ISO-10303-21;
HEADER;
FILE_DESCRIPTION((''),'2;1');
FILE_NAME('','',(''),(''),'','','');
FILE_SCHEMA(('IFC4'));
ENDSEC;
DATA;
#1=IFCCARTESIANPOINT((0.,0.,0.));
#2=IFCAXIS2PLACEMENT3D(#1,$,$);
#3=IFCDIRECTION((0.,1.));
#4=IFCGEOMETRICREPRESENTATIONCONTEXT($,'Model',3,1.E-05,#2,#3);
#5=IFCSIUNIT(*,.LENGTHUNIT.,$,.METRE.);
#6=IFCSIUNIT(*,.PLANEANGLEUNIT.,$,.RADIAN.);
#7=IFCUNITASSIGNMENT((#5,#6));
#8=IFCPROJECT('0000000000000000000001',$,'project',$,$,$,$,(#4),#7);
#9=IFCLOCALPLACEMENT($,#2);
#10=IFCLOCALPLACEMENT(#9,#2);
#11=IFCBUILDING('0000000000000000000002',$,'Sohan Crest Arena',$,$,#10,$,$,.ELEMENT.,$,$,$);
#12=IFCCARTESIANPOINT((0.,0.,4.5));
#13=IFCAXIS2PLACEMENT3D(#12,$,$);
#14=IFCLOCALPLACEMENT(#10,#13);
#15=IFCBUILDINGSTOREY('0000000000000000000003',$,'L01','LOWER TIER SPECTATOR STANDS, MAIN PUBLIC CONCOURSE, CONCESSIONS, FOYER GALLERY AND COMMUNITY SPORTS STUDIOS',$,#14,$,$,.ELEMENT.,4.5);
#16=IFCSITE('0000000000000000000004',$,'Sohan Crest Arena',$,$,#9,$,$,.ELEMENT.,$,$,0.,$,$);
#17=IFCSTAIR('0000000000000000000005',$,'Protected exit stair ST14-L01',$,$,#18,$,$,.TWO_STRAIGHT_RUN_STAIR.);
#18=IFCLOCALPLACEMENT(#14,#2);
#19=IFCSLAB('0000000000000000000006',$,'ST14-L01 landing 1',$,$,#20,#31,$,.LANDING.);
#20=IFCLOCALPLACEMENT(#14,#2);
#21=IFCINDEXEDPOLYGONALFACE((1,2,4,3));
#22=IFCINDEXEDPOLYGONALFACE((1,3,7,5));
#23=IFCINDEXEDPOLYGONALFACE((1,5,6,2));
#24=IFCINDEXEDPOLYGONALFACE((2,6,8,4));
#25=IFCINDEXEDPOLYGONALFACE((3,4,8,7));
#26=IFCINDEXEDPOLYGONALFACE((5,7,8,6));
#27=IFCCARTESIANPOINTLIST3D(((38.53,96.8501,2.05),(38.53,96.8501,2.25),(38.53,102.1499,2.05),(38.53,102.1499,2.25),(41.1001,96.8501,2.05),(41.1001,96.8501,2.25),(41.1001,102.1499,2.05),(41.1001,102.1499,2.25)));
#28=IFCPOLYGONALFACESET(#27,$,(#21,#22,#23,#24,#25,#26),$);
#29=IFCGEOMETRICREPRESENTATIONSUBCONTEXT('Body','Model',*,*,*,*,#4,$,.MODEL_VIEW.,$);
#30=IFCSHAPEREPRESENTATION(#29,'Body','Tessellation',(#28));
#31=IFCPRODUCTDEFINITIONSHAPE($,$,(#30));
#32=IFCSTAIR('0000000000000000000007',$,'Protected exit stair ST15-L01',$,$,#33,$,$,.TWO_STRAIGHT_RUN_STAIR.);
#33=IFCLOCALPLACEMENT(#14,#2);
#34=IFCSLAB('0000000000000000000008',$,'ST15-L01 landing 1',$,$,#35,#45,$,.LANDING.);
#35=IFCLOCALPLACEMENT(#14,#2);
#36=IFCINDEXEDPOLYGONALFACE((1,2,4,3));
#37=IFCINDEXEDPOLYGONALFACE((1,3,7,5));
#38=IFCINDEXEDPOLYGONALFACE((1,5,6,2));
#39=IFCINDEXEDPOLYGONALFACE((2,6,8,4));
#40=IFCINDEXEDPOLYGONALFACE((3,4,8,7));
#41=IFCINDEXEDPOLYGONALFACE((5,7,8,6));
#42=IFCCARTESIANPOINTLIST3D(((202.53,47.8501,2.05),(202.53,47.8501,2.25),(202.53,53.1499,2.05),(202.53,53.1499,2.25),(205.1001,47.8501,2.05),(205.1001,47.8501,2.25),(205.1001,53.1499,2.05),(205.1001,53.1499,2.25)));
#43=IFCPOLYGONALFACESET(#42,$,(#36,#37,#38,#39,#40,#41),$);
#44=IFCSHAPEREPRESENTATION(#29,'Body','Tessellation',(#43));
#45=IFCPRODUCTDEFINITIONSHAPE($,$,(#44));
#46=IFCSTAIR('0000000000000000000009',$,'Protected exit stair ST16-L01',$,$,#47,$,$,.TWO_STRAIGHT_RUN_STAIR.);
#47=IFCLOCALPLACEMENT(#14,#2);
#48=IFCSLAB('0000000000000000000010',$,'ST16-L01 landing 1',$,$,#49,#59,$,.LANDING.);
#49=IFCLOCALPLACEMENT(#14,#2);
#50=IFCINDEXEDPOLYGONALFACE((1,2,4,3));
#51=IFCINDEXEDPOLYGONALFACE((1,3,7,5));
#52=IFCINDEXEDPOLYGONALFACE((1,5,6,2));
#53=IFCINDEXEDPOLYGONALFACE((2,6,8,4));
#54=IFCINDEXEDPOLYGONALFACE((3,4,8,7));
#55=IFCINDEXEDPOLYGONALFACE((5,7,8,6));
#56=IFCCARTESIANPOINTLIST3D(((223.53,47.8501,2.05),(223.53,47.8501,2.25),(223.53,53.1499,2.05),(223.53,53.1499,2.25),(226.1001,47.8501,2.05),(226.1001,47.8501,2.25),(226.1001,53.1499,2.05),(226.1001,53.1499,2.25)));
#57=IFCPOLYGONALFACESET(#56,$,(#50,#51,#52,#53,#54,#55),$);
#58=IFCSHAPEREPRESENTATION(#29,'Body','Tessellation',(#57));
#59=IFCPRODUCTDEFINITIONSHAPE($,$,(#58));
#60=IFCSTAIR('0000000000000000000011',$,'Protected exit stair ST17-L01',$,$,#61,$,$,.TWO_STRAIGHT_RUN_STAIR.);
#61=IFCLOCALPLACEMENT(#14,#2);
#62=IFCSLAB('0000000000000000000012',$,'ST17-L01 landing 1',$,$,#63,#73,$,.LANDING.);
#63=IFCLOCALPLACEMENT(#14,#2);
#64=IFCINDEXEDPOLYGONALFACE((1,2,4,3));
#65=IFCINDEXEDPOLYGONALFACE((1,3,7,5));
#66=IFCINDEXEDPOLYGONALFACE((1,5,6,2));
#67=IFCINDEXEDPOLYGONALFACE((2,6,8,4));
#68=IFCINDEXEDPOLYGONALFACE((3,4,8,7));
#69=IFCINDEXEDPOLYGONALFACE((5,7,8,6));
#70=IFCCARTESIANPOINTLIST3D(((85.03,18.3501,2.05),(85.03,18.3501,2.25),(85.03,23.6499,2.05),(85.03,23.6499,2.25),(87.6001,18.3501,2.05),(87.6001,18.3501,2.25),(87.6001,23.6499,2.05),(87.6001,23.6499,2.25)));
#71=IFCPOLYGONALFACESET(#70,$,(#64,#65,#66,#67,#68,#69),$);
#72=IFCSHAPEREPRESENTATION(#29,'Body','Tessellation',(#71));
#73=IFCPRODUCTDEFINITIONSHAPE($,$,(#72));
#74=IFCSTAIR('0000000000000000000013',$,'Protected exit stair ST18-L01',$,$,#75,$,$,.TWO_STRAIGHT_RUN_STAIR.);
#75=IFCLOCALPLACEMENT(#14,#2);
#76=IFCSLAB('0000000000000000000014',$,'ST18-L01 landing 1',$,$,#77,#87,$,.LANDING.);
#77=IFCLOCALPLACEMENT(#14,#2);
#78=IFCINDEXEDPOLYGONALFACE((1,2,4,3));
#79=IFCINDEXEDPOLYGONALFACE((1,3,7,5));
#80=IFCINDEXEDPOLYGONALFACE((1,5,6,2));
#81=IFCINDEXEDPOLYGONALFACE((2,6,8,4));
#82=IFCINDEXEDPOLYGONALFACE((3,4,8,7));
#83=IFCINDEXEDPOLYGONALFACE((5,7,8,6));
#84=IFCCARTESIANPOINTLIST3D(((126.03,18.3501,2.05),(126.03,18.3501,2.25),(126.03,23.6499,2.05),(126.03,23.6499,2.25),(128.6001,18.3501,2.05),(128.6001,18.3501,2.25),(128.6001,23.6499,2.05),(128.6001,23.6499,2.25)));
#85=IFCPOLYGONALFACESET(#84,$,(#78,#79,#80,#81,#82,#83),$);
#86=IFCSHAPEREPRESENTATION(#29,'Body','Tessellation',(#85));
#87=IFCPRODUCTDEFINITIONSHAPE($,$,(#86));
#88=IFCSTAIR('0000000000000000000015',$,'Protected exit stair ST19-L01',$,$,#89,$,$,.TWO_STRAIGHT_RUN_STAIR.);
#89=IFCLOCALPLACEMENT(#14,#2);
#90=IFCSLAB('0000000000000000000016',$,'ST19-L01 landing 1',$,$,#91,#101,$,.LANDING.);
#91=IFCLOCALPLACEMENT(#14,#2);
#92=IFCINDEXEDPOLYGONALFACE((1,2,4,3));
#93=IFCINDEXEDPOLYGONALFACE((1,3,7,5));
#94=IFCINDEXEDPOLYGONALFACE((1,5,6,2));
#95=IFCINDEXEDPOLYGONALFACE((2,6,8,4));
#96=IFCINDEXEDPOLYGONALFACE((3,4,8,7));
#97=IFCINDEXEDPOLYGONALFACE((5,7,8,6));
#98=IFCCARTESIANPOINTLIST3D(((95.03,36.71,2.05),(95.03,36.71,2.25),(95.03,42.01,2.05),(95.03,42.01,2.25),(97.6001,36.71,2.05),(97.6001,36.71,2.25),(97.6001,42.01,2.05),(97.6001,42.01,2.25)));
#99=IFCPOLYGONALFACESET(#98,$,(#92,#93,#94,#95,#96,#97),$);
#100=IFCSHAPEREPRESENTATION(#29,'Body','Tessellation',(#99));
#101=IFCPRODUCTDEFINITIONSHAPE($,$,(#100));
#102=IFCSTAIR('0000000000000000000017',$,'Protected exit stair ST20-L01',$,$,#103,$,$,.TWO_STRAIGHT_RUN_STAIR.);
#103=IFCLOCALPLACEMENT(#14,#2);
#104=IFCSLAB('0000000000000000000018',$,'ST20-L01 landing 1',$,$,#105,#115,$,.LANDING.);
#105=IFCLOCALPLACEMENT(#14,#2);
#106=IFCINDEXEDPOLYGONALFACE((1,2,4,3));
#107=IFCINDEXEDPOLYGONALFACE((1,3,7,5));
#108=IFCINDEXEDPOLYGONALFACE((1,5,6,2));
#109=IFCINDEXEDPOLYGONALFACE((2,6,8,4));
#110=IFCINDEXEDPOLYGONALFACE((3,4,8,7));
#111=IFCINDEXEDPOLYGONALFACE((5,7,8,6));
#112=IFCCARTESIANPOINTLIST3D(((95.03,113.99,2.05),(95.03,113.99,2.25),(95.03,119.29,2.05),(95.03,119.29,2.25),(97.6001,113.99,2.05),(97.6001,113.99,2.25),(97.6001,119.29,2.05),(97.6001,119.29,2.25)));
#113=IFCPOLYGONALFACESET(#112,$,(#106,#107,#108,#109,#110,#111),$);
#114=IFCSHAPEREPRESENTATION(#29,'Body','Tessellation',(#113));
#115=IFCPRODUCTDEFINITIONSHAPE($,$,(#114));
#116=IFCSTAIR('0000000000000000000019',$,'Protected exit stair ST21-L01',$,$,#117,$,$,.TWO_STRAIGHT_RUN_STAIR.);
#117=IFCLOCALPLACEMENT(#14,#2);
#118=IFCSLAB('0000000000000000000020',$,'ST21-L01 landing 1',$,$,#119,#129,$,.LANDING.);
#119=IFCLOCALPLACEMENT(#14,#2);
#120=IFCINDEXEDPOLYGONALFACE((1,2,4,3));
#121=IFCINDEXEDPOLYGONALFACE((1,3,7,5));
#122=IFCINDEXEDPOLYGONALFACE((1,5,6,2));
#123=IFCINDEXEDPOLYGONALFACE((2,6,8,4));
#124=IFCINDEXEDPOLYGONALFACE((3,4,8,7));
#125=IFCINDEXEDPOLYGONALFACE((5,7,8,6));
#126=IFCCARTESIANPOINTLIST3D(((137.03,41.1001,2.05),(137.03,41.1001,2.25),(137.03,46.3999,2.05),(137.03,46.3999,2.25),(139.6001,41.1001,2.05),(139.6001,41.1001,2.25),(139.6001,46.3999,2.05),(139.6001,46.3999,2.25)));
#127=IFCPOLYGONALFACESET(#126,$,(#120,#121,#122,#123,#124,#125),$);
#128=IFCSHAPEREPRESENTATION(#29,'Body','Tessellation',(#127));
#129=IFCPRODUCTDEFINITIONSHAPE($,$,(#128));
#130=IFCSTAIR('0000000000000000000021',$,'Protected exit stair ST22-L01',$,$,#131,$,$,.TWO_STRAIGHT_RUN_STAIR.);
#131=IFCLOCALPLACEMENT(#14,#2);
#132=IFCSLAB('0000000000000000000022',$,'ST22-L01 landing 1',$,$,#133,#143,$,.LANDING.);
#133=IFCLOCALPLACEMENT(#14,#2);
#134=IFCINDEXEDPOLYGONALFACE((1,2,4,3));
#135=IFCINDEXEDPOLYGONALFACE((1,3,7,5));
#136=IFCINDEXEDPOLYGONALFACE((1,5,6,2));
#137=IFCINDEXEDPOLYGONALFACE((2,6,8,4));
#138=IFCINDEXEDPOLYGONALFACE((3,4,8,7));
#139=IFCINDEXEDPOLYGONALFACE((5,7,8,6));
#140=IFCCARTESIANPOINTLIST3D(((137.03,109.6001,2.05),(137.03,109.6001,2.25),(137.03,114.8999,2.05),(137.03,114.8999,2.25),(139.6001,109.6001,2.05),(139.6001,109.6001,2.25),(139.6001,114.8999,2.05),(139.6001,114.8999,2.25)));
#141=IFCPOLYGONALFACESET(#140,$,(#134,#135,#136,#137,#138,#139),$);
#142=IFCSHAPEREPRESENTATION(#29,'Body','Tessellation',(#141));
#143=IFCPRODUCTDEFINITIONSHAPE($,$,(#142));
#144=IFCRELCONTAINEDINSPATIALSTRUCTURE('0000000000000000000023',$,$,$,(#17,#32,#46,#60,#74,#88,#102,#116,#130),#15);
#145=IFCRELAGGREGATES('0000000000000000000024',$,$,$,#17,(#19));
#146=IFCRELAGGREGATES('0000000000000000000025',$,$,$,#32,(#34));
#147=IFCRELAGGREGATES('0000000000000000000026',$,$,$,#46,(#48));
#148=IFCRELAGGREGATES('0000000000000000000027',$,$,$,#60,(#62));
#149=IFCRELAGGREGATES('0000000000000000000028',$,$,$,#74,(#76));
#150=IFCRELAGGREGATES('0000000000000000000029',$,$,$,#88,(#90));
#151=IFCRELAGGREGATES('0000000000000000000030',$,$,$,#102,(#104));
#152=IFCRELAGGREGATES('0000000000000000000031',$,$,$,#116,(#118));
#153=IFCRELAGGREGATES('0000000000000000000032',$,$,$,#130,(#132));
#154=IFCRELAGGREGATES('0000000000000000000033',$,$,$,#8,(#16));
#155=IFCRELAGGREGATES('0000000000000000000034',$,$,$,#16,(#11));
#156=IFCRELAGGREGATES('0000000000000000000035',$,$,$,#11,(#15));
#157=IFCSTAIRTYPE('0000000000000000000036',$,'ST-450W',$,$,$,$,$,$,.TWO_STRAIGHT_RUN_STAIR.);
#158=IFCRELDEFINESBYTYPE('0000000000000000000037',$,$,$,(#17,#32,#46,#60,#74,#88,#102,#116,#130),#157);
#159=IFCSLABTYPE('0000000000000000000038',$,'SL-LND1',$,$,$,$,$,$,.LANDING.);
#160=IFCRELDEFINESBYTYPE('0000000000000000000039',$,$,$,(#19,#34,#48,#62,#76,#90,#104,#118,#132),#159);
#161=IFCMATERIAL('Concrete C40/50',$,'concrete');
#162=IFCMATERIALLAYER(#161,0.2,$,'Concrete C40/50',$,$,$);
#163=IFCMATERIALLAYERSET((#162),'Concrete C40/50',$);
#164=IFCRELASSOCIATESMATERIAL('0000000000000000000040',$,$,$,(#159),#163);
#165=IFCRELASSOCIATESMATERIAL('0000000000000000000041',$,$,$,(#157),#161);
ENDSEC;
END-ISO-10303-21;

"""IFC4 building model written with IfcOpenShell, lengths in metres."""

from ifc_helpers import new_model, si_unit, direction, frame, origin, place, context, subcontext, project, spatial, polyline, outline, extrude, material, layer, layer_set, type_object, element, aggregate, save


model = new_model("IFC4")

# Units and contexts
model_context = context("Model", 3, precision=1e-05, world=origin(), true_north=direction((0.0, 1.0)))
body_context = subcontext(model_context, "Body", "Model", "MODEL_VIEW")
ifc_project = project(units=[si_unit("LENGTHUNIT", "METRE"), si_unit("PLANEANGLEUNIT", "RADIAN")], contexts=[model_context])

# Site, building, storey
site_placement = place(None, origin())
site = spatial("IfcSite", under=ifc_project, at=site_placement, Name="Sohan Crest Arena", CompositionType="ELEMENT", RefElevation=0.0)
building_placement = place(site_placement, origin())
building = spatial("IfcBuilding", under=site, at=building_placement, Name="Sohan Crest Arena", CompositionType="ELEMENT")
storey_placement = place(building_placement, frame((0.0, 0.0, 4.5)))
storey = spatial("IfcBuildingStorey", under=building, at=storey_placement, Name="L01", Description="LOWER TIER SPECTATOR STANDS, MAIN PUBLIC CONCOURSE, CONCESSIONS, FOYER GALLERY AND COMMUNITY SPORTS STUDIOS", CompositionType="ELEMENT", Elevation=4.5)

# Stairs, slabs
ifc_material_1 = material(Name="Concrete C40/50", Category="concrete")
ifc_layer_1 = layer(ifc_material_1, 0.2, Name="Concrete C40/50")
ifc_layer_set_1 = layer_set([ifc_layer_1], Name="Concrete C40/50")
slab_type = type_object("IfcSlabType", Name="SL-LND1", PredefinedType="LANDING", material=ifc_layer_set_1)
stair_type_1 = type_object("IfcStairType", Name="ST-450W", PredefinedType="TWO_STRAIGHT_RUN_STAIR", material=ifc_material_1)
stair_1_placement = place(storey_placement, origin())
stair_1 = element("IfcStair", 1, at=stair_1_placement, inside=storey, type_object=stair_type_1, Name="Protected exit stair ST14-L01", PredefinedType="TWO_STRAIGHT_RUN_STAIR")
slab_1_placement = place(storey_placement, frame((0.0, 0.0, 2.05)))
slab_1 = element("IfcSlab", 2, at=slab_1_placement, type_object=slab_type, Name="ST14-L01 landing 1", PredefinedType="LANDING", context=body_context, shape_type="SweptSolid", body=[
    extrude(outline(polyline([(38.53, 96.8501), (41.1001, 96.8501), (41.1001, 102.1499), (38.53, 102.1499), (38.53, 96.8501)])), origin(), (0.0, 0.0, 1.0), 0.2),
])
aggregate(stair_1, [slab_1])
stair_2_placement = place(storey_placement, origin())
stair_2 = element("IfcStair", 3, at=stair_2_placement, inside=storey, type_object=stair_type_1, Name="Protected exit stair ST15-L01", PredefinedType="TWO_STRAIGHT_RUN_STAIR")
slab_2_placement = place(storey_placement, frame((0.0, 0.0, 2.05)))
slab_2 = element("IfcSlab", 4, at=slab_2_placement, type_object=slab_type, Name="ST15-L01 landing 1", PredefinedType="LANDING", context=body_context, shape_type="SweptSolid", body=[
    extrude(outline(polyline([(202.53, 47.8501), (205.1001, 47.8501), (205.1001, 53.1499), (202.53, 53.1499), (202.53, 47.8501)])), origin(), (0.0, 0.0, 1.0), 0.2),
])
aggregate(stair_2, [slab_2])
stair_3_placement = place(storey_placement, origin())
stair_3 = element("IfcStair", 5, at=stair_3_placement, inside=storey, type_object=stair_type_1, Name="Protected exit stair ST16-L01", PredefinedType="TWO_STRAIGHT_RUN_STAIR")
slab_3_placement = place(storey_placement, frame((0.0, 0.0, 2.05)))
slab_3 = element("IfcSlab", 6, at=slab_3_placement, type_object=slab_type, Name="ST16-L01 landing 1", PredefinedType="LANDING", context=body_context, shape_type="SweptSolid", body=[
    extrude(outline(polyline([(223.53, 47.8501), (226.1001, 47.8501), (226.1001, 53.1499), (223.53, 53.1499), (223.53, 47.8501)])), origin(), (0.0, 0.0, 1.0), 0.2),
])
aggregate(stair_3, [slab_3])
stair_4_placement = place(storey_placement, origin())
stair_4 = element("IfcStair", 7, at=stair_4_placement, inside=storey, type_object=stair_type_1, Name="Protected exit stair ST17-L01", PredefinedType="TWO_STRAIGHT_RUN_STAIR")
slab_4_placement = place(storey_placement, frame((0.0, 0.0, 2.05)))
slab_4 = element("IfcSlab", 8, at=slab_4_placement, type_object=slab_type, Name="ST17-L01 landing 1", PredefinedType="LANDING", context=body_context, shape_type="SweptSolid", body=[
    extrude(outline(polyline([(85.03, 18.3501), (87.6001, 18.3501), (87.6001, 23.6499), (85.03, 23.6499), (85.03, 18.3501)])), origin(), (0.0, 0.0, 1.0), 0.2),
])
aggregate(stair_4, [slab_4])
stair_5_placement = place(storey_placement, origin())
stair_5 = element("IfcStair", 9, at=stair_5_placement, inside=storey, type_object=stair_type_1, Name="Protected exit stair ST18-L01", PredefinedType="TWO_STRAIGHT_RUN_STAIR")
slab_5_placement = place(storey_placement, frame((0.0, 0.0, 2.05)))
slab_5 = element("IfcSlab", 10, at=slab_5_placement, type_object=slab_type, Name="ST18-L01 landing 1", PredefinedType="LANDING", context=body_context, shape_type="SweptSolid", body=[
    extrude(outline(polyline([(126.03, 18.3501), (128.6001, 18.3501), (128.6001, 23.6499), (126.03, 23.6499), (126.03, 18.3501)])), origin(), (0.0, 0.0, 1.0), 0.2),
])
aggregate(stair_5, [slab_5])
stair_6_placement = place(storey_placement, origin())
stair_6 = element("IfcStair", 11, at=stair_6_placement, inside=storey, type_object=stair_type_1, Name="Protected exit stair ST19-L01", PredefinedType="TWO_STRAIGHT_RUN_STAIR")
slab_6_placement = place(storey_placement, frame((0.0, 0.0, 2.05)))
slab_6 = element("IfcSlab", 12, at=slab_6_placement, type_object=slab_type, Name="ST19-L01 landing 1", PredefinedType="LANDING", context=body_context, shape_type="SweptSolid", body=[
    extrude(outline(polyline([(95.03, 36.71), (97.6001, 36.71), (97.6001, 42.01), (95.03, 42.01), (95.03, 36.71)])), origin(), (0.0, 0.0, 1.0), 0.2),
])
aggregate(stair_6, [slab_6])
stair_7_placement = place(storey_placement, origin())
stair_7 = element("IfcStair", 13, at=stair_7_placement, inside=storey, type_object=stair_type_1, Name="Protected exit stair ST20-L01", PredefinedType="TWO_STRAIGHT_RUN_STAIR")
slab_7_placement = place(storey_placement, frame((0.0, 0.0, 2.05)))
slab_7 = element("IfcSlab", 14, at=slab_7_placement, type_object=slab_type, Name="ST20-L01 landing 1", PredefinedType="LANDING", context=body_context, shape_type="SweptSolid", body=[
    extrude(outline(polyline([(95.03, 113.99), (97.6001, 113.99), (97.6001, 119.29), (95.03, 119.29), (95.03, 113.99)])), origin(), (0.0, 0.0, 1.0), 0.2),
])
aggregate(stair_7, [slab_7])
stair_8_placement = place(storey_placement, origin())
stair_8 = element("IfcStair", 15, at=stair_8_placement, inside=storey, type_object=stair_type_1, Name="Protected exit stair ST21-L01", PredefinedType="TWO_STRAIGHT_RUN_STAIR")
slab_8_placement = place(storey_placement, frame((0.0, 0.0, 2.05)))
slab_8 = element("IfcSlab", 16, at=slab_8_placement, type_object=slab_type, Name="ST21-L01 landing 1", PredefinedType="LANDING", context=body_context, shape_type="SweptSolid", body=[
    extrude(outline(polyline([(137.03, 41.1001), (139.6001, 41.1001), (139.6001, 46.3999), (137.03, 46.3999), (137.03, 41.1001)])), origin(), (0.0, 0.0, 1.0), 0.2),
])
aggregate(stair_8, [slab_8])
stair_9_placement = place(storey_placement, origin())
stair_9 = element("IfcStair", 17, at=stair_9_placement, inside=storey, type_object=stair_type_1, Name="Protected exit stair ST22-L01", PredefinedType="TWO_STRAIGHT_RUN_STAIR")
slab_9_placement = place(storey_placement, frame((0.0, 0.0, 2.05)))
slab_9 = element("IfcSlab", 18, at=slab_9_placement, type_object=slab_type, Name="ST22-L01 landing 1", PredefinedType="LANDING", context=body_context, shape_type="SweptSolid", body=[
    extrude(outline(polyline([(137.03, 109.6001), (139.6001, 109.6001), (139.6001, 114.8999), (137.03, 114.8999), (137.03, 109.6001)])), origin(), (0.0, 0.0, 1.0), 0.2),
])
aggregate(stair_9, [slab_9])

save(model, "model.ifc")
